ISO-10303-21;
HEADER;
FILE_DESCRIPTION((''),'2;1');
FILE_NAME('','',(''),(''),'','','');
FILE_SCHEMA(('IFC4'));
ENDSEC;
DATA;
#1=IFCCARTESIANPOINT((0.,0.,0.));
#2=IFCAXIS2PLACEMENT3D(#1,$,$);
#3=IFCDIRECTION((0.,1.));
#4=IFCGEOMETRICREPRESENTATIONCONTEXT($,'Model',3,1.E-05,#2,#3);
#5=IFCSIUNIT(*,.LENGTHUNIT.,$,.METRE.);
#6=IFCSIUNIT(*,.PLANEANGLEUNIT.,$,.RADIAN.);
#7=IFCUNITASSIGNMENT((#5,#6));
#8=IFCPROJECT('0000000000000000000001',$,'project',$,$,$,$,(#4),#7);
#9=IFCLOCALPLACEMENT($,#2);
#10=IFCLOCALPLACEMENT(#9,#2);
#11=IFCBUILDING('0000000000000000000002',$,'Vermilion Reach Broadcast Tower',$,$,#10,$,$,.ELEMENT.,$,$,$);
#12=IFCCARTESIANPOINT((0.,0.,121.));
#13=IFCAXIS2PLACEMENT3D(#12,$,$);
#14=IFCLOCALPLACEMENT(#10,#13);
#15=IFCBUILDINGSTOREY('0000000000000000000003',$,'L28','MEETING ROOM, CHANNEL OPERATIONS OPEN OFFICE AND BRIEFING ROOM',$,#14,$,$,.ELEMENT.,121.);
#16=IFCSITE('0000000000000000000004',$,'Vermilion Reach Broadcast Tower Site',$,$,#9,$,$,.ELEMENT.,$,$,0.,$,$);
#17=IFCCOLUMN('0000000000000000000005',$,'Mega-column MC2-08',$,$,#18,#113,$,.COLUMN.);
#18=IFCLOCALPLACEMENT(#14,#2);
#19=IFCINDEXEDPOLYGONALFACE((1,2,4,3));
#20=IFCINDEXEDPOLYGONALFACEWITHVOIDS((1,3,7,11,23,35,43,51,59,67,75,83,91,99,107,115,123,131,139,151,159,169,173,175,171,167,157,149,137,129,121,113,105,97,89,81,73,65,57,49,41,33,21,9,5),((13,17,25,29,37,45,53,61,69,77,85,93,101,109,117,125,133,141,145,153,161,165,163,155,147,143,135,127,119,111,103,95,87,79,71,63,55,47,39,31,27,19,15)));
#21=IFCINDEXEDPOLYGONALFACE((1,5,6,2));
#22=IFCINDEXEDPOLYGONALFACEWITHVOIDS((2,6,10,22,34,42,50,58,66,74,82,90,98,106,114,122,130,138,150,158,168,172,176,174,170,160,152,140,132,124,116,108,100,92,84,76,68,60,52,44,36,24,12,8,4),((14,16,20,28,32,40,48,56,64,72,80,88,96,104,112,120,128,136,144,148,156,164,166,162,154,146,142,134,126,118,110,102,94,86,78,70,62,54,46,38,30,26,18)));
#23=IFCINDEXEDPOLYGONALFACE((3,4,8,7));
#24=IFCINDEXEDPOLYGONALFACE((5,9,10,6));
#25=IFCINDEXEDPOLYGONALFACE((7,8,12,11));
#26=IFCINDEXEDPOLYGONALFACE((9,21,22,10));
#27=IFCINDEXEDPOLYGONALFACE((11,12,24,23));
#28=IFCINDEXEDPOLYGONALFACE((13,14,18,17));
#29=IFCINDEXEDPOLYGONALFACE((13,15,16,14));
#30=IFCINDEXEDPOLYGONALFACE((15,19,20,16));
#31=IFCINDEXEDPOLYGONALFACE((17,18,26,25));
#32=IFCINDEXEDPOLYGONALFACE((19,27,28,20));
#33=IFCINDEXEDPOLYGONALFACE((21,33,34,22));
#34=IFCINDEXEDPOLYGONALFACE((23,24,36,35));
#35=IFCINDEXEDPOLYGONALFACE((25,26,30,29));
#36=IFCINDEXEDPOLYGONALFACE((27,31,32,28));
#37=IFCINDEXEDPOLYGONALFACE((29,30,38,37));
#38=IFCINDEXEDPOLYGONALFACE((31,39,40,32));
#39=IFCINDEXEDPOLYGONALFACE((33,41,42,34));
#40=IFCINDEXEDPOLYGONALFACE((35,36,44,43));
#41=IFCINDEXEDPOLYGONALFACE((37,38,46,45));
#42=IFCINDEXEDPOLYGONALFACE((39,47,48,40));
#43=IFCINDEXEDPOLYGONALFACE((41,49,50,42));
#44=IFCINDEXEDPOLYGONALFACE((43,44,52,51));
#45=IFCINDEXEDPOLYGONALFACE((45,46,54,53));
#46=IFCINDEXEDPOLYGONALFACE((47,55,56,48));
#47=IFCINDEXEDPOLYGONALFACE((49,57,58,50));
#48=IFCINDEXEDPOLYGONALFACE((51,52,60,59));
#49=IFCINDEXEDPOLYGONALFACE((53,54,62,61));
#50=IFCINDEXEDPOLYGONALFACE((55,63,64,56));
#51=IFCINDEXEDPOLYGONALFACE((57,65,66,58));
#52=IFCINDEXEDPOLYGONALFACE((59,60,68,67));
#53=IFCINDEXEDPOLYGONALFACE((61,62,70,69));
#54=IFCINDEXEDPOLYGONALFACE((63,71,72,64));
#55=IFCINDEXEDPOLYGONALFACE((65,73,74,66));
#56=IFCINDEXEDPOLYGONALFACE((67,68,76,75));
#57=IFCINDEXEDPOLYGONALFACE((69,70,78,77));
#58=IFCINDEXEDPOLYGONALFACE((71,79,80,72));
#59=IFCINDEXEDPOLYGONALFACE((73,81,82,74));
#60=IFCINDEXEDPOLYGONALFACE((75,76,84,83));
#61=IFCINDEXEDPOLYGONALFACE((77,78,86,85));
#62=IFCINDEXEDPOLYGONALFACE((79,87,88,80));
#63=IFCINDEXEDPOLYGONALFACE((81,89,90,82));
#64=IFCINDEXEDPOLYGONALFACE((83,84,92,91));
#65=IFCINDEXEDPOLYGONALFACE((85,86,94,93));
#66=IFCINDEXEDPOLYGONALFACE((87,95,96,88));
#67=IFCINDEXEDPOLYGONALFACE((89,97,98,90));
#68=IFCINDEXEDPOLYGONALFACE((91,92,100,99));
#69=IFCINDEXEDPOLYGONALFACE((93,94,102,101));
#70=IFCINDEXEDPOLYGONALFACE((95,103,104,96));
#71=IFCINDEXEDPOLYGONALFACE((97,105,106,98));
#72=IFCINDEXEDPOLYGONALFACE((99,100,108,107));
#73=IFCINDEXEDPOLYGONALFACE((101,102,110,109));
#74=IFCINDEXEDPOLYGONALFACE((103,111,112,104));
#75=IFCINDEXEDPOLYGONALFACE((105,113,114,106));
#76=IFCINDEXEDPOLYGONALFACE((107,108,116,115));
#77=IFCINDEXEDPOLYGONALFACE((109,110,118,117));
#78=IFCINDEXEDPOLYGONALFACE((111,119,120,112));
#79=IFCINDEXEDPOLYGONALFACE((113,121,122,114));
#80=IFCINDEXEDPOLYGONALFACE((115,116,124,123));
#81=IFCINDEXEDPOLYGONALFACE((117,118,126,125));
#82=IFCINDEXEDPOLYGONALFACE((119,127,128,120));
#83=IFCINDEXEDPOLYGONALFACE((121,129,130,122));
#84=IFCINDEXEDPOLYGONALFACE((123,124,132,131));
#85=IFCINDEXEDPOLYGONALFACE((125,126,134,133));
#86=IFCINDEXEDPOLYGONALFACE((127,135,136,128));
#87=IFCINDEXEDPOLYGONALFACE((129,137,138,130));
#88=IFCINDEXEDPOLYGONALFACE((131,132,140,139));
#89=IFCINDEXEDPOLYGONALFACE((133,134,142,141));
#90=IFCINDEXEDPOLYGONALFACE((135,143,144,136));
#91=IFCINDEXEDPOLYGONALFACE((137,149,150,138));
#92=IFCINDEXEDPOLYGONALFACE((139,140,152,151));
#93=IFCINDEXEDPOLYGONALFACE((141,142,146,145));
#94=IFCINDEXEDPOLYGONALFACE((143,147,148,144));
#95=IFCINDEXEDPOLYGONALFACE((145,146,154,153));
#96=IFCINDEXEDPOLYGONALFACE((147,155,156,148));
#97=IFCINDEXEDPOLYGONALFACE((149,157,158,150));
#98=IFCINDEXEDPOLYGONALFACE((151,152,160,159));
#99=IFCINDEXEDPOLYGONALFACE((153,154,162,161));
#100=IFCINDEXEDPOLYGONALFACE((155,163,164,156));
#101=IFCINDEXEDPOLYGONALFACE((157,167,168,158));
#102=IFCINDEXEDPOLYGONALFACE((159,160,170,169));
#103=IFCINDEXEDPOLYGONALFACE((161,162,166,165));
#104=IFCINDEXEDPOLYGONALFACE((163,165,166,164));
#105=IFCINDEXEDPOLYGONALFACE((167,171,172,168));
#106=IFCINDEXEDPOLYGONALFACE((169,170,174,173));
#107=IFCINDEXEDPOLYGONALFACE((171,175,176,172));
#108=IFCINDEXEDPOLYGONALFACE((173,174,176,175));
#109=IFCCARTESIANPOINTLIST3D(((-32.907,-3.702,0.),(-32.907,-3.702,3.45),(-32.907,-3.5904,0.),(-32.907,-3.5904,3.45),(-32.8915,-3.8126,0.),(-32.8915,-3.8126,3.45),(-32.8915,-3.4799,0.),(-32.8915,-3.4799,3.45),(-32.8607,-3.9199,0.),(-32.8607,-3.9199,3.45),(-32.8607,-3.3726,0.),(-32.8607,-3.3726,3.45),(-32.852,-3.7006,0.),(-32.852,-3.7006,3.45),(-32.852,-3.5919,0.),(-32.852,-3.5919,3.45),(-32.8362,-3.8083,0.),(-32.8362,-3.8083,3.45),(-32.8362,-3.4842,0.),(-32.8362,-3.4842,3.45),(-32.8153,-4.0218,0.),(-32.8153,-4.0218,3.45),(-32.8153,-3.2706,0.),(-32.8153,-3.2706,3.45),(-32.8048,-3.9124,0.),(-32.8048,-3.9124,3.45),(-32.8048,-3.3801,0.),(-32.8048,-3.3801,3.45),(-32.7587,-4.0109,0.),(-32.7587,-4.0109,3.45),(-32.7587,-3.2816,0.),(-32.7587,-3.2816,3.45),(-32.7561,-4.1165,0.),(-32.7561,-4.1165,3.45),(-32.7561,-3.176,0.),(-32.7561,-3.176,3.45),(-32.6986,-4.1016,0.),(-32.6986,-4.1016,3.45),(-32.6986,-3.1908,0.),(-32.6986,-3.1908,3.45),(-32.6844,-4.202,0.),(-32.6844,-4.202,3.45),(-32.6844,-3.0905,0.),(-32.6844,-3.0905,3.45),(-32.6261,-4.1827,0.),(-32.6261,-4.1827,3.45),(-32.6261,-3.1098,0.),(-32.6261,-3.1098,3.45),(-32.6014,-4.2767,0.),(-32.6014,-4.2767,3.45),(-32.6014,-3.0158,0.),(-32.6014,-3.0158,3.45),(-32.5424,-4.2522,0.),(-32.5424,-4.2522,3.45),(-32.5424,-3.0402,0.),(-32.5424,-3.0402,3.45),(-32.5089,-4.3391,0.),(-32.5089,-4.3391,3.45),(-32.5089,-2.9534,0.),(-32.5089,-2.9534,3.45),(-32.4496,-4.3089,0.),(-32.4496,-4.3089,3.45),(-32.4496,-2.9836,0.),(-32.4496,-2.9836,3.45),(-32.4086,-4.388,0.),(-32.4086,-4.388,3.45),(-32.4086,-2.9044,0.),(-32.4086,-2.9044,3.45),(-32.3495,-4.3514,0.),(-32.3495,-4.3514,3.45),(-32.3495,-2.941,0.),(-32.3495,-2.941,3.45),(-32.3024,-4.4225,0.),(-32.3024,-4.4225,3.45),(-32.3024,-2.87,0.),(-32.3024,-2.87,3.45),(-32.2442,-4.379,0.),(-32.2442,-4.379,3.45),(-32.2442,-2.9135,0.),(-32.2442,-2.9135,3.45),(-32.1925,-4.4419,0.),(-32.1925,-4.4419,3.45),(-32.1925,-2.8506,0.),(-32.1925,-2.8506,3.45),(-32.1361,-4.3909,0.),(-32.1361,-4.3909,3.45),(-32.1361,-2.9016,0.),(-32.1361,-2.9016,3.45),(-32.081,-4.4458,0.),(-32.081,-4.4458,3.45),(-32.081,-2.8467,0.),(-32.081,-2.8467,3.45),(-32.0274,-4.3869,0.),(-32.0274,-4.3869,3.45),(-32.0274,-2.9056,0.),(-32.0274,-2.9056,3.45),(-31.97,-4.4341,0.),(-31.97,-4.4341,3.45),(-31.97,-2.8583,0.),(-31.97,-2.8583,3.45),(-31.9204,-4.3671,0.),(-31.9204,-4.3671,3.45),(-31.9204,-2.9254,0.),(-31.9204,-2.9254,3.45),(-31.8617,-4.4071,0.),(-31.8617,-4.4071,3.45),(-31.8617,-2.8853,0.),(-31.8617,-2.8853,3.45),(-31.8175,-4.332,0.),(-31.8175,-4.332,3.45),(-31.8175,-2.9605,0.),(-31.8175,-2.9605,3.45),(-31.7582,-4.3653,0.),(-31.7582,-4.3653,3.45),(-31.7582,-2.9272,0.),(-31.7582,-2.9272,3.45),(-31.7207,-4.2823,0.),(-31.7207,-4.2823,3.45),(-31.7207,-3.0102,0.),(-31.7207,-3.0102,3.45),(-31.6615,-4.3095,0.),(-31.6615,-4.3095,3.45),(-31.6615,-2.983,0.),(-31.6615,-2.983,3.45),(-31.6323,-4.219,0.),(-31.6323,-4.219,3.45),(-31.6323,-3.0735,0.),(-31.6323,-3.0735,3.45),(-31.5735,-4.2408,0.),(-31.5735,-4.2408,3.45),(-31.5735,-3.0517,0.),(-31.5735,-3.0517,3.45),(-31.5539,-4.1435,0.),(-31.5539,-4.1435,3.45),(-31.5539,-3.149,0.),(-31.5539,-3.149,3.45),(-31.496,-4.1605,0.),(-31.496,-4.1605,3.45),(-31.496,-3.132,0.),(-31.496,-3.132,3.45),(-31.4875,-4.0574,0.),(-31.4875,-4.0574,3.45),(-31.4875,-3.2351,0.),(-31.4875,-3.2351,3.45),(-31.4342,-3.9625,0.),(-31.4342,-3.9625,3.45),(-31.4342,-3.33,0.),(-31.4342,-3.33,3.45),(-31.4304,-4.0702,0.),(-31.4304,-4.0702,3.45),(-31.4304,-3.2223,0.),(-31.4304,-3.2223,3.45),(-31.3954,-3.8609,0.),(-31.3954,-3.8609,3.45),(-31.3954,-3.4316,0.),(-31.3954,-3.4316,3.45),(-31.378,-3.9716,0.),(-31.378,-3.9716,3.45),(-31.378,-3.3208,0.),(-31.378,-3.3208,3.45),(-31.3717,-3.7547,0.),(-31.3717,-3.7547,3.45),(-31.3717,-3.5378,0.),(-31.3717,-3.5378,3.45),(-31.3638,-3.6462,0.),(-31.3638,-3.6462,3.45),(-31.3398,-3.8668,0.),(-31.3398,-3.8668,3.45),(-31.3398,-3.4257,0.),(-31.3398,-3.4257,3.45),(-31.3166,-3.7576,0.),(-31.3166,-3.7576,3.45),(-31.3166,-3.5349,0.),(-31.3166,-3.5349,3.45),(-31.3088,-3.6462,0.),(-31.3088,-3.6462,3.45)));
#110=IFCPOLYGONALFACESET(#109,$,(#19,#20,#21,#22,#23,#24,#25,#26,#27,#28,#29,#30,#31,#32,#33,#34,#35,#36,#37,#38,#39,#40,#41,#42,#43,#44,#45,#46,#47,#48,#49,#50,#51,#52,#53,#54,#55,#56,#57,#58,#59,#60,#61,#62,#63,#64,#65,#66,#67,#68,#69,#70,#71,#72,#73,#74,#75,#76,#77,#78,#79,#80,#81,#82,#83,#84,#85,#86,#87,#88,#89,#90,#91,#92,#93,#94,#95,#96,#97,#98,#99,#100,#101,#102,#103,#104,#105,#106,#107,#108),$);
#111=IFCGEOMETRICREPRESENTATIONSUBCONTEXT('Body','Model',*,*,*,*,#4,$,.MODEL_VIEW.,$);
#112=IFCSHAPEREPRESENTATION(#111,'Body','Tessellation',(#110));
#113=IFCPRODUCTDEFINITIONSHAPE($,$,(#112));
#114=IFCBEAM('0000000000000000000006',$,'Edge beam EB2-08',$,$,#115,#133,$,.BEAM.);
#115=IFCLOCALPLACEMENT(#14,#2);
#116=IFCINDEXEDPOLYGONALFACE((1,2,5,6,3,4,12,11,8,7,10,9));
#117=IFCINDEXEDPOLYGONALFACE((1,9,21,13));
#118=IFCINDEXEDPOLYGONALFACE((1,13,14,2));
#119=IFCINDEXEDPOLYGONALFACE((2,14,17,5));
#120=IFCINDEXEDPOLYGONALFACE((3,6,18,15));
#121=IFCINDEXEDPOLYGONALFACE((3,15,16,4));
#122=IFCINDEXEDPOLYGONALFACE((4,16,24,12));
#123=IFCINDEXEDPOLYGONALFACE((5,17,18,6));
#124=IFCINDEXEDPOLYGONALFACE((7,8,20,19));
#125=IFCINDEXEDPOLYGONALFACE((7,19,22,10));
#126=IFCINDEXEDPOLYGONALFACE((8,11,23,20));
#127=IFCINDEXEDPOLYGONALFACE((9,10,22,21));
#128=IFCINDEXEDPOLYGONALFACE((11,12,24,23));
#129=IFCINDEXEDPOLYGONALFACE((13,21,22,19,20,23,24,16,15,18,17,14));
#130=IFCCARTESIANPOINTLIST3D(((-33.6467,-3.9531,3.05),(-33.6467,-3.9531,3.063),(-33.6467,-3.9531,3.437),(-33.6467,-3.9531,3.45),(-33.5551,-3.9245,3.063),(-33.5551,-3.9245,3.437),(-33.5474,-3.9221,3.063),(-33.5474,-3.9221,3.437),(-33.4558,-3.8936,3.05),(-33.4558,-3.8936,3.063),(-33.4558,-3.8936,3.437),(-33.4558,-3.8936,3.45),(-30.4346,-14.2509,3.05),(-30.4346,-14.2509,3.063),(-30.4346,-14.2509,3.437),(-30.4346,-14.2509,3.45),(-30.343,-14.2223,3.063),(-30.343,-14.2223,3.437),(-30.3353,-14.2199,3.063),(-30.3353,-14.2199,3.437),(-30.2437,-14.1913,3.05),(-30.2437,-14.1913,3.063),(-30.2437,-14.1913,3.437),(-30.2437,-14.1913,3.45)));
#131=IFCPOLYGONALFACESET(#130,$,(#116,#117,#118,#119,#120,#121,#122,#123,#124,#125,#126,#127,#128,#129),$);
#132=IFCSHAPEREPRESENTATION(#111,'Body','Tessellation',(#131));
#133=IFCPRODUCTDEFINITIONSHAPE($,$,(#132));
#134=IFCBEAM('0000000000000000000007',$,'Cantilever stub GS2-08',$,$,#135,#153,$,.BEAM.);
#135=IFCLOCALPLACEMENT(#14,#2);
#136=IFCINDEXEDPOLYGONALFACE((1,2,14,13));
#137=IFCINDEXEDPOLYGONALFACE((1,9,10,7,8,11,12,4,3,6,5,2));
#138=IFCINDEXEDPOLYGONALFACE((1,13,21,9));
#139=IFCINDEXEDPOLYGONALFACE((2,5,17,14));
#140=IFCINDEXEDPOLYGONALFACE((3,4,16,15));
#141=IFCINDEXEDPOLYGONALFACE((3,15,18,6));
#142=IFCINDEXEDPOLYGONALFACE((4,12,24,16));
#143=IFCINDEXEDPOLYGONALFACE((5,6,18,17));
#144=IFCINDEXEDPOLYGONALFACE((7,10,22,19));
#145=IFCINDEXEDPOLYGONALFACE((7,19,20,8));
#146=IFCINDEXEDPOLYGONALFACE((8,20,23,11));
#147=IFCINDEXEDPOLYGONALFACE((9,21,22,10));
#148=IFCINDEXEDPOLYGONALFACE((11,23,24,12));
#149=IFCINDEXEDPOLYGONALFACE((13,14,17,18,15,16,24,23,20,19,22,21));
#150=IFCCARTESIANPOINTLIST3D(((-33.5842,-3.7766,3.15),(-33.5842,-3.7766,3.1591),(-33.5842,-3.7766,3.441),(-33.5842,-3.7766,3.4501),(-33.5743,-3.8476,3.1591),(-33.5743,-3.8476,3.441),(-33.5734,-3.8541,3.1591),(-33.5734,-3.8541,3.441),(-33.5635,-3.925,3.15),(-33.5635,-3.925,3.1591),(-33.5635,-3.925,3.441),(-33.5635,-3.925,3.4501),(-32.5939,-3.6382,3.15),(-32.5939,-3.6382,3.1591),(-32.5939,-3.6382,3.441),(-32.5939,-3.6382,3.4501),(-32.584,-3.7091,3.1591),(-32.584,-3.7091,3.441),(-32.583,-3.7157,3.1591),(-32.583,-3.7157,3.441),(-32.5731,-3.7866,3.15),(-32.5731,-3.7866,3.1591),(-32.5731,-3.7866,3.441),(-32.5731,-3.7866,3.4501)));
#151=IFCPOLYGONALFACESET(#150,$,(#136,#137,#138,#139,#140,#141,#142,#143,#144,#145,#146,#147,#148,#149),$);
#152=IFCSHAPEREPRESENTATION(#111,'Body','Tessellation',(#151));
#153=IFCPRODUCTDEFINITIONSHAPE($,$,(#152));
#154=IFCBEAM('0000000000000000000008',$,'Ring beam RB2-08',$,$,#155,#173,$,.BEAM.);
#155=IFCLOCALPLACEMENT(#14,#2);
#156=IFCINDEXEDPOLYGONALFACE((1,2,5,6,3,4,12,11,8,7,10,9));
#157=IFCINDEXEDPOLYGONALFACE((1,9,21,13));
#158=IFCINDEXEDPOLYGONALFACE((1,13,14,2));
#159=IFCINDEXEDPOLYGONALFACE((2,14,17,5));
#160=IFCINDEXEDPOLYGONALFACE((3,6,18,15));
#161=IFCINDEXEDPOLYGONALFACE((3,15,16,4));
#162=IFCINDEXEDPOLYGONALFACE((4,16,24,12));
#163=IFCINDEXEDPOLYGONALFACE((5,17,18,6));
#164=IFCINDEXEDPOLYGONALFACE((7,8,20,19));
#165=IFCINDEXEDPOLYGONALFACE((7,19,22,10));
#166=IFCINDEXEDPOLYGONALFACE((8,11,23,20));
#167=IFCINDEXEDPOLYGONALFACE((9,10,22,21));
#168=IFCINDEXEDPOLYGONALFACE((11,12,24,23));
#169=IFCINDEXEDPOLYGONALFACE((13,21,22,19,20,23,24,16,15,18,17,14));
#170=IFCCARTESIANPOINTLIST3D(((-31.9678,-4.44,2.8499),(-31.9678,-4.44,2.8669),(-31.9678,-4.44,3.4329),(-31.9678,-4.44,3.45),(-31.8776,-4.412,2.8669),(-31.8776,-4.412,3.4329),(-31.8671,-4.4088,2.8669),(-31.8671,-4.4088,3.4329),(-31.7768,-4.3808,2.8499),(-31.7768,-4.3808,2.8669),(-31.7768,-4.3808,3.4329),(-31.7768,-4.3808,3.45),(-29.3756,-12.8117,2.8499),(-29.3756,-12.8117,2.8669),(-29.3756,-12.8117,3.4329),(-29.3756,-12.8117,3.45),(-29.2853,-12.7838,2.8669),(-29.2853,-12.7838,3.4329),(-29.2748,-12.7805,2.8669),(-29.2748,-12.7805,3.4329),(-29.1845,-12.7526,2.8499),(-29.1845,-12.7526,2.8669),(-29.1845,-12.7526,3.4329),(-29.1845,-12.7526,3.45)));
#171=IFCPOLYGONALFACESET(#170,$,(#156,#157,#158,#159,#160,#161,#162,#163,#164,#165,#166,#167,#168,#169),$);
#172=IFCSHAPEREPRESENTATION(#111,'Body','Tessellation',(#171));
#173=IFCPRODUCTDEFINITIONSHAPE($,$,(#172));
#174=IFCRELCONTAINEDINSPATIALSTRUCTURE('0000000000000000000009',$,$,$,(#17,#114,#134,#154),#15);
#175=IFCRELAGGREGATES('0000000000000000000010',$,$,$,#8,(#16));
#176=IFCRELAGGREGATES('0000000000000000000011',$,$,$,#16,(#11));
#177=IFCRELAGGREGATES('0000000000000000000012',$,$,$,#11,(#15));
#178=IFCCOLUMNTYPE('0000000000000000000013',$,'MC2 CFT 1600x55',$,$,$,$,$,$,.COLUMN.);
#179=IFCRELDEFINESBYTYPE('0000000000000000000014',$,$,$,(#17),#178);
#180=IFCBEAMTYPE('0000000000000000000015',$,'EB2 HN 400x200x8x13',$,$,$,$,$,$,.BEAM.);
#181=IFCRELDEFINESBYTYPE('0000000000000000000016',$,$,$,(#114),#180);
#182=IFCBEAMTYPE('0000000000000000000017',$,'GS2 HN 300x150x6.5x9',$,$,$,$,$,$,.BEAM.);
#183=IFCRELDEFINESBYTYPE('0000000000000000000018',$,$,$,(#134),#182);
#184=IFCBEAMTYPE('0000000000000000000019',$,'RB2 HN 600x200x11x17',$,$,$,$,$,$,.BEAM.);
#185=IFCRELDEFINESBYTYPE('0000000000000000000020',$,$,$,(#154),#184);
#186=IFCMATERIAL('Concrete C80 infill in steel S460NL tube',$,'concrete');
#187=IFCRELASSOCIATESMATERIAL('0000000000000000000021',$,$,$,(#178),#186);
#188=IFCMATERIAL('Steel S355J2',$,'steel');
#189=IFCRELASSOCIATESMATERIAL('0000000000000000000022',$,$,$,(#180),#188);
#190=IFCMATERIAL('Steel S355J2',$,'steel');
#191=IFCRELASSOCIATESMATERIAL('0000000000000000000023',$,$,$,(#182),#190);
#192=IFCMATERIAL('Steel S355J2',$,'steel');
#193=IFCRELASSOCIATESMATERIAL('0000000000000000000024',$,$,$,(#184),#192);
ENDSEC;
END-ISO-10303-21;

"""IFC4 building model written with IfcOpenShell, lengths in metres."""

from ifc_helpers import new_model, si_unit, direction, frame, origin, origin_2d, place, context, subcontext, project, spatial, hollow_circle, i_section, extrude, material, material_profile, profile_set, type_object, element, save


model = new_model("IFC4")

# Units and contexts
model_context = context("Model", 3, precision=1e-05, world=origin(), true_north=direction((0.0, 1.0)))
body_context = subcontext(model_context, "Body", "Model", "MODEL_VIEW")
ifc_project = project(units=[si_unit("LENGTHUNIT", "METRE"), si_unit("PLANEANGLEUNIT", "RADIAN")], contexts=[model_context])

# Site, building, storey
site_placement = place(None, origin())
site = spatial("IfcSite", under=ifc_project, at=site_placement, Name="Vermilion Reach Broadcast Tower Site", CompositionType="ELEMENT", RefElevation=0.0)
building_placement = place(site_placement, origin())
building = spatial("IfcBuilding", under=site, at=building_placement, Name="Vermilion Reach Broadcast Tower", CompositionType="ELEMENT")
storey_placement = place(building_placement, frame((0.0, 0.0, 121.0)))
storey = spatial("IfcBuildingStorey", under=building, at=storey_placement, Name="L28", Description="MEETING ROOM, CHANNEL OPERATIONS OPEN OFFICE AND BRIEFING ROOM", CompositionType="ELEMENT", Elevation=121.0)

# Column
ifc_material_1 = material(Name="Concrete C80 infill in steel S460NL tube", Category="concrete")
ifc_material_profile_1 = material_profile(ifc_material_1, hollow_circle(Radius=0.8, WallThickness=0.0549, at=origin_2d()), Name="Concrete C80 infill in steel S460NL tube CFT 1600x55")
ifc_profile_set_1 = profile_set([ifc_material_profile_1], Name="Concrete C80 infill in steel S460NL tube")
column_type = type_object("IfcColumnType", Name="MC2 CFT 1600x55", PredefinedType="COLUMN", material=ifc_profile_set_1)
column_placement = place(storey_placement, frame((-32.1089, -3.6462, 0.0), z_axis=(0.0, 0.0, 1.0), x_axis=(1.0, 0.0, 0.0)))
element("IfcColumn", 1, at=column_placement, inside=storey, type_object=column_type, Name="Mega-column MC2-08", PredefinedType="COLUMN", context=body_context, shape_type="SweptSolid", body=[
    extrude(hollow_circle(Radius=0.8, WallThickness=0.0549, at=origin_2d()), origin(), (0.0, 0.0, 1.0), 3.45),
])

# Beams
ifc_material_2 = material(Name="Steel S355J2", Category="steel")
ifc_material_profile_2 = material_profile(ifc_material_2, i_section(OverallWidth=0.2, OverallDepth=0.3999, WebThickness=0.0081, FlangeThickness=0.0129, at=origin_2d()), Name="S355J2 HN 400x200x8x13")
ifc_profile_set_2 = profile_set([ifc_material_profile_2], Name="Steel S355J2")
beam_type_1 = type_object("IfcBeamType", Name="EB2 HN 400x200x8x13", PredefinedType="BEAM", material=ifc_profile_set_2)
beam_1_placement = place(storey_placement, frame((-33.5513, -3.9233, 3.25), z_axis=(0.297775, -0.954636, 0.0), x_axis=(0.954636, 0.297775, 0.0)))
element("IfcBeam", 2, at=beam_1_placement, inside=storey, type_object=beam_type_1, Name="Edge beam EB2-08", PredefinedType="BEAM", context=body_context, shape_type="SweptSolid", body=[
    extrude(i_section(OverallWidth=0.2, OverallDepth=0.3999, WebThickness=0.0081, FlangeThickness=0.0129, at=origin_2d()), origin(), (0.0, 0.0, 1.0), 10.7871),
])
ifc_material_3 = material(Name="Steel S355J2", Category="steel")
ifc_material_profile_3 = material_profile(ifc_material_3, i_section(OverallWidth=0.1499, OverallDepth=0.3, WebThickness=0.0066, FlangeThickness=0.009, at=origin_2d()), Name="S355J2 HN 300x150x6.5x9")
ifc_profile_set_3 = profile_set([ifc_material_profile_3], Name="Steel S355J2")
beam_type_2 = type_object("IfcBeamType", Name="GS2 HN 300x150x6.5x9", PredefinedType="BEAM", material=ifc_profile_set_3)
beam_2_placement = place(storey_placement, frame((-32.5835, -3.7124, 3.3), z_axis=(-0.990375, -0.138413, 0.0), x_axis=(0.138413, -0.990375, 0.0)))
element("IfcBeam", 3, at=beam_2_placement, inside=storey, type_object=beam_type_2, Name="Cantilever stub GS2-08", PredefinedType="BEAM", context=body_context, shape_type="SweptSolid", body=[
    extrude(i_section(OverallWidth=0.1499, OverallDepth=0.3, WebThickness=0.0066, FlangeThickness=0.009, at=origin_2d()), origin(), (0.0, 0.0, 1.0), 1.0),
])
ifc_material_4 = material(Name="Steel S355J2", Category="steel")
ifc_material_profile_4 = material_profile(ifc_material_4, i_section(OverallWidth=0.2, OverallDepth=0.6001, WebThickness=0.011, FlangeThickness=0.0171, at=origin_2d()), Name="S355J2 HN 600x200x11x17")
ifc_profile_set_4 = profile_set([ifc_material_profile_4], Name="Steel S355J2")
beam_type_3 = type_object("IfcBeamType", Name="RB2 HN 600x200x11x17", PredefinedType="BEAM", material=ifc_profile_set_4)
beam_3_placement = place(storey_placement, frame((-31.8723, -4.4104, 3.1499), z_axis=(0.295788, -0.955253, 0.0), x_axis=(0.955253, 0.295788, 0.0)))
element("IfcBeam", 4, at=beam_3_placement, inside=storey, type_object=beam_type_3, Name="Ring beam RB2-08", PredefinedType="BEAM", context=body_context, shape_type="SweptSolid", body=[
    extrude(i_section(OverallWidth=0.2, OverallDepth=0.6001, WebThickness=0.011, FlangeThickness=0.0171, at=origin_2d()), origin(), (0.0, 0.0, 1.0), 8.7639),
])

save(model, "model.ifc")
